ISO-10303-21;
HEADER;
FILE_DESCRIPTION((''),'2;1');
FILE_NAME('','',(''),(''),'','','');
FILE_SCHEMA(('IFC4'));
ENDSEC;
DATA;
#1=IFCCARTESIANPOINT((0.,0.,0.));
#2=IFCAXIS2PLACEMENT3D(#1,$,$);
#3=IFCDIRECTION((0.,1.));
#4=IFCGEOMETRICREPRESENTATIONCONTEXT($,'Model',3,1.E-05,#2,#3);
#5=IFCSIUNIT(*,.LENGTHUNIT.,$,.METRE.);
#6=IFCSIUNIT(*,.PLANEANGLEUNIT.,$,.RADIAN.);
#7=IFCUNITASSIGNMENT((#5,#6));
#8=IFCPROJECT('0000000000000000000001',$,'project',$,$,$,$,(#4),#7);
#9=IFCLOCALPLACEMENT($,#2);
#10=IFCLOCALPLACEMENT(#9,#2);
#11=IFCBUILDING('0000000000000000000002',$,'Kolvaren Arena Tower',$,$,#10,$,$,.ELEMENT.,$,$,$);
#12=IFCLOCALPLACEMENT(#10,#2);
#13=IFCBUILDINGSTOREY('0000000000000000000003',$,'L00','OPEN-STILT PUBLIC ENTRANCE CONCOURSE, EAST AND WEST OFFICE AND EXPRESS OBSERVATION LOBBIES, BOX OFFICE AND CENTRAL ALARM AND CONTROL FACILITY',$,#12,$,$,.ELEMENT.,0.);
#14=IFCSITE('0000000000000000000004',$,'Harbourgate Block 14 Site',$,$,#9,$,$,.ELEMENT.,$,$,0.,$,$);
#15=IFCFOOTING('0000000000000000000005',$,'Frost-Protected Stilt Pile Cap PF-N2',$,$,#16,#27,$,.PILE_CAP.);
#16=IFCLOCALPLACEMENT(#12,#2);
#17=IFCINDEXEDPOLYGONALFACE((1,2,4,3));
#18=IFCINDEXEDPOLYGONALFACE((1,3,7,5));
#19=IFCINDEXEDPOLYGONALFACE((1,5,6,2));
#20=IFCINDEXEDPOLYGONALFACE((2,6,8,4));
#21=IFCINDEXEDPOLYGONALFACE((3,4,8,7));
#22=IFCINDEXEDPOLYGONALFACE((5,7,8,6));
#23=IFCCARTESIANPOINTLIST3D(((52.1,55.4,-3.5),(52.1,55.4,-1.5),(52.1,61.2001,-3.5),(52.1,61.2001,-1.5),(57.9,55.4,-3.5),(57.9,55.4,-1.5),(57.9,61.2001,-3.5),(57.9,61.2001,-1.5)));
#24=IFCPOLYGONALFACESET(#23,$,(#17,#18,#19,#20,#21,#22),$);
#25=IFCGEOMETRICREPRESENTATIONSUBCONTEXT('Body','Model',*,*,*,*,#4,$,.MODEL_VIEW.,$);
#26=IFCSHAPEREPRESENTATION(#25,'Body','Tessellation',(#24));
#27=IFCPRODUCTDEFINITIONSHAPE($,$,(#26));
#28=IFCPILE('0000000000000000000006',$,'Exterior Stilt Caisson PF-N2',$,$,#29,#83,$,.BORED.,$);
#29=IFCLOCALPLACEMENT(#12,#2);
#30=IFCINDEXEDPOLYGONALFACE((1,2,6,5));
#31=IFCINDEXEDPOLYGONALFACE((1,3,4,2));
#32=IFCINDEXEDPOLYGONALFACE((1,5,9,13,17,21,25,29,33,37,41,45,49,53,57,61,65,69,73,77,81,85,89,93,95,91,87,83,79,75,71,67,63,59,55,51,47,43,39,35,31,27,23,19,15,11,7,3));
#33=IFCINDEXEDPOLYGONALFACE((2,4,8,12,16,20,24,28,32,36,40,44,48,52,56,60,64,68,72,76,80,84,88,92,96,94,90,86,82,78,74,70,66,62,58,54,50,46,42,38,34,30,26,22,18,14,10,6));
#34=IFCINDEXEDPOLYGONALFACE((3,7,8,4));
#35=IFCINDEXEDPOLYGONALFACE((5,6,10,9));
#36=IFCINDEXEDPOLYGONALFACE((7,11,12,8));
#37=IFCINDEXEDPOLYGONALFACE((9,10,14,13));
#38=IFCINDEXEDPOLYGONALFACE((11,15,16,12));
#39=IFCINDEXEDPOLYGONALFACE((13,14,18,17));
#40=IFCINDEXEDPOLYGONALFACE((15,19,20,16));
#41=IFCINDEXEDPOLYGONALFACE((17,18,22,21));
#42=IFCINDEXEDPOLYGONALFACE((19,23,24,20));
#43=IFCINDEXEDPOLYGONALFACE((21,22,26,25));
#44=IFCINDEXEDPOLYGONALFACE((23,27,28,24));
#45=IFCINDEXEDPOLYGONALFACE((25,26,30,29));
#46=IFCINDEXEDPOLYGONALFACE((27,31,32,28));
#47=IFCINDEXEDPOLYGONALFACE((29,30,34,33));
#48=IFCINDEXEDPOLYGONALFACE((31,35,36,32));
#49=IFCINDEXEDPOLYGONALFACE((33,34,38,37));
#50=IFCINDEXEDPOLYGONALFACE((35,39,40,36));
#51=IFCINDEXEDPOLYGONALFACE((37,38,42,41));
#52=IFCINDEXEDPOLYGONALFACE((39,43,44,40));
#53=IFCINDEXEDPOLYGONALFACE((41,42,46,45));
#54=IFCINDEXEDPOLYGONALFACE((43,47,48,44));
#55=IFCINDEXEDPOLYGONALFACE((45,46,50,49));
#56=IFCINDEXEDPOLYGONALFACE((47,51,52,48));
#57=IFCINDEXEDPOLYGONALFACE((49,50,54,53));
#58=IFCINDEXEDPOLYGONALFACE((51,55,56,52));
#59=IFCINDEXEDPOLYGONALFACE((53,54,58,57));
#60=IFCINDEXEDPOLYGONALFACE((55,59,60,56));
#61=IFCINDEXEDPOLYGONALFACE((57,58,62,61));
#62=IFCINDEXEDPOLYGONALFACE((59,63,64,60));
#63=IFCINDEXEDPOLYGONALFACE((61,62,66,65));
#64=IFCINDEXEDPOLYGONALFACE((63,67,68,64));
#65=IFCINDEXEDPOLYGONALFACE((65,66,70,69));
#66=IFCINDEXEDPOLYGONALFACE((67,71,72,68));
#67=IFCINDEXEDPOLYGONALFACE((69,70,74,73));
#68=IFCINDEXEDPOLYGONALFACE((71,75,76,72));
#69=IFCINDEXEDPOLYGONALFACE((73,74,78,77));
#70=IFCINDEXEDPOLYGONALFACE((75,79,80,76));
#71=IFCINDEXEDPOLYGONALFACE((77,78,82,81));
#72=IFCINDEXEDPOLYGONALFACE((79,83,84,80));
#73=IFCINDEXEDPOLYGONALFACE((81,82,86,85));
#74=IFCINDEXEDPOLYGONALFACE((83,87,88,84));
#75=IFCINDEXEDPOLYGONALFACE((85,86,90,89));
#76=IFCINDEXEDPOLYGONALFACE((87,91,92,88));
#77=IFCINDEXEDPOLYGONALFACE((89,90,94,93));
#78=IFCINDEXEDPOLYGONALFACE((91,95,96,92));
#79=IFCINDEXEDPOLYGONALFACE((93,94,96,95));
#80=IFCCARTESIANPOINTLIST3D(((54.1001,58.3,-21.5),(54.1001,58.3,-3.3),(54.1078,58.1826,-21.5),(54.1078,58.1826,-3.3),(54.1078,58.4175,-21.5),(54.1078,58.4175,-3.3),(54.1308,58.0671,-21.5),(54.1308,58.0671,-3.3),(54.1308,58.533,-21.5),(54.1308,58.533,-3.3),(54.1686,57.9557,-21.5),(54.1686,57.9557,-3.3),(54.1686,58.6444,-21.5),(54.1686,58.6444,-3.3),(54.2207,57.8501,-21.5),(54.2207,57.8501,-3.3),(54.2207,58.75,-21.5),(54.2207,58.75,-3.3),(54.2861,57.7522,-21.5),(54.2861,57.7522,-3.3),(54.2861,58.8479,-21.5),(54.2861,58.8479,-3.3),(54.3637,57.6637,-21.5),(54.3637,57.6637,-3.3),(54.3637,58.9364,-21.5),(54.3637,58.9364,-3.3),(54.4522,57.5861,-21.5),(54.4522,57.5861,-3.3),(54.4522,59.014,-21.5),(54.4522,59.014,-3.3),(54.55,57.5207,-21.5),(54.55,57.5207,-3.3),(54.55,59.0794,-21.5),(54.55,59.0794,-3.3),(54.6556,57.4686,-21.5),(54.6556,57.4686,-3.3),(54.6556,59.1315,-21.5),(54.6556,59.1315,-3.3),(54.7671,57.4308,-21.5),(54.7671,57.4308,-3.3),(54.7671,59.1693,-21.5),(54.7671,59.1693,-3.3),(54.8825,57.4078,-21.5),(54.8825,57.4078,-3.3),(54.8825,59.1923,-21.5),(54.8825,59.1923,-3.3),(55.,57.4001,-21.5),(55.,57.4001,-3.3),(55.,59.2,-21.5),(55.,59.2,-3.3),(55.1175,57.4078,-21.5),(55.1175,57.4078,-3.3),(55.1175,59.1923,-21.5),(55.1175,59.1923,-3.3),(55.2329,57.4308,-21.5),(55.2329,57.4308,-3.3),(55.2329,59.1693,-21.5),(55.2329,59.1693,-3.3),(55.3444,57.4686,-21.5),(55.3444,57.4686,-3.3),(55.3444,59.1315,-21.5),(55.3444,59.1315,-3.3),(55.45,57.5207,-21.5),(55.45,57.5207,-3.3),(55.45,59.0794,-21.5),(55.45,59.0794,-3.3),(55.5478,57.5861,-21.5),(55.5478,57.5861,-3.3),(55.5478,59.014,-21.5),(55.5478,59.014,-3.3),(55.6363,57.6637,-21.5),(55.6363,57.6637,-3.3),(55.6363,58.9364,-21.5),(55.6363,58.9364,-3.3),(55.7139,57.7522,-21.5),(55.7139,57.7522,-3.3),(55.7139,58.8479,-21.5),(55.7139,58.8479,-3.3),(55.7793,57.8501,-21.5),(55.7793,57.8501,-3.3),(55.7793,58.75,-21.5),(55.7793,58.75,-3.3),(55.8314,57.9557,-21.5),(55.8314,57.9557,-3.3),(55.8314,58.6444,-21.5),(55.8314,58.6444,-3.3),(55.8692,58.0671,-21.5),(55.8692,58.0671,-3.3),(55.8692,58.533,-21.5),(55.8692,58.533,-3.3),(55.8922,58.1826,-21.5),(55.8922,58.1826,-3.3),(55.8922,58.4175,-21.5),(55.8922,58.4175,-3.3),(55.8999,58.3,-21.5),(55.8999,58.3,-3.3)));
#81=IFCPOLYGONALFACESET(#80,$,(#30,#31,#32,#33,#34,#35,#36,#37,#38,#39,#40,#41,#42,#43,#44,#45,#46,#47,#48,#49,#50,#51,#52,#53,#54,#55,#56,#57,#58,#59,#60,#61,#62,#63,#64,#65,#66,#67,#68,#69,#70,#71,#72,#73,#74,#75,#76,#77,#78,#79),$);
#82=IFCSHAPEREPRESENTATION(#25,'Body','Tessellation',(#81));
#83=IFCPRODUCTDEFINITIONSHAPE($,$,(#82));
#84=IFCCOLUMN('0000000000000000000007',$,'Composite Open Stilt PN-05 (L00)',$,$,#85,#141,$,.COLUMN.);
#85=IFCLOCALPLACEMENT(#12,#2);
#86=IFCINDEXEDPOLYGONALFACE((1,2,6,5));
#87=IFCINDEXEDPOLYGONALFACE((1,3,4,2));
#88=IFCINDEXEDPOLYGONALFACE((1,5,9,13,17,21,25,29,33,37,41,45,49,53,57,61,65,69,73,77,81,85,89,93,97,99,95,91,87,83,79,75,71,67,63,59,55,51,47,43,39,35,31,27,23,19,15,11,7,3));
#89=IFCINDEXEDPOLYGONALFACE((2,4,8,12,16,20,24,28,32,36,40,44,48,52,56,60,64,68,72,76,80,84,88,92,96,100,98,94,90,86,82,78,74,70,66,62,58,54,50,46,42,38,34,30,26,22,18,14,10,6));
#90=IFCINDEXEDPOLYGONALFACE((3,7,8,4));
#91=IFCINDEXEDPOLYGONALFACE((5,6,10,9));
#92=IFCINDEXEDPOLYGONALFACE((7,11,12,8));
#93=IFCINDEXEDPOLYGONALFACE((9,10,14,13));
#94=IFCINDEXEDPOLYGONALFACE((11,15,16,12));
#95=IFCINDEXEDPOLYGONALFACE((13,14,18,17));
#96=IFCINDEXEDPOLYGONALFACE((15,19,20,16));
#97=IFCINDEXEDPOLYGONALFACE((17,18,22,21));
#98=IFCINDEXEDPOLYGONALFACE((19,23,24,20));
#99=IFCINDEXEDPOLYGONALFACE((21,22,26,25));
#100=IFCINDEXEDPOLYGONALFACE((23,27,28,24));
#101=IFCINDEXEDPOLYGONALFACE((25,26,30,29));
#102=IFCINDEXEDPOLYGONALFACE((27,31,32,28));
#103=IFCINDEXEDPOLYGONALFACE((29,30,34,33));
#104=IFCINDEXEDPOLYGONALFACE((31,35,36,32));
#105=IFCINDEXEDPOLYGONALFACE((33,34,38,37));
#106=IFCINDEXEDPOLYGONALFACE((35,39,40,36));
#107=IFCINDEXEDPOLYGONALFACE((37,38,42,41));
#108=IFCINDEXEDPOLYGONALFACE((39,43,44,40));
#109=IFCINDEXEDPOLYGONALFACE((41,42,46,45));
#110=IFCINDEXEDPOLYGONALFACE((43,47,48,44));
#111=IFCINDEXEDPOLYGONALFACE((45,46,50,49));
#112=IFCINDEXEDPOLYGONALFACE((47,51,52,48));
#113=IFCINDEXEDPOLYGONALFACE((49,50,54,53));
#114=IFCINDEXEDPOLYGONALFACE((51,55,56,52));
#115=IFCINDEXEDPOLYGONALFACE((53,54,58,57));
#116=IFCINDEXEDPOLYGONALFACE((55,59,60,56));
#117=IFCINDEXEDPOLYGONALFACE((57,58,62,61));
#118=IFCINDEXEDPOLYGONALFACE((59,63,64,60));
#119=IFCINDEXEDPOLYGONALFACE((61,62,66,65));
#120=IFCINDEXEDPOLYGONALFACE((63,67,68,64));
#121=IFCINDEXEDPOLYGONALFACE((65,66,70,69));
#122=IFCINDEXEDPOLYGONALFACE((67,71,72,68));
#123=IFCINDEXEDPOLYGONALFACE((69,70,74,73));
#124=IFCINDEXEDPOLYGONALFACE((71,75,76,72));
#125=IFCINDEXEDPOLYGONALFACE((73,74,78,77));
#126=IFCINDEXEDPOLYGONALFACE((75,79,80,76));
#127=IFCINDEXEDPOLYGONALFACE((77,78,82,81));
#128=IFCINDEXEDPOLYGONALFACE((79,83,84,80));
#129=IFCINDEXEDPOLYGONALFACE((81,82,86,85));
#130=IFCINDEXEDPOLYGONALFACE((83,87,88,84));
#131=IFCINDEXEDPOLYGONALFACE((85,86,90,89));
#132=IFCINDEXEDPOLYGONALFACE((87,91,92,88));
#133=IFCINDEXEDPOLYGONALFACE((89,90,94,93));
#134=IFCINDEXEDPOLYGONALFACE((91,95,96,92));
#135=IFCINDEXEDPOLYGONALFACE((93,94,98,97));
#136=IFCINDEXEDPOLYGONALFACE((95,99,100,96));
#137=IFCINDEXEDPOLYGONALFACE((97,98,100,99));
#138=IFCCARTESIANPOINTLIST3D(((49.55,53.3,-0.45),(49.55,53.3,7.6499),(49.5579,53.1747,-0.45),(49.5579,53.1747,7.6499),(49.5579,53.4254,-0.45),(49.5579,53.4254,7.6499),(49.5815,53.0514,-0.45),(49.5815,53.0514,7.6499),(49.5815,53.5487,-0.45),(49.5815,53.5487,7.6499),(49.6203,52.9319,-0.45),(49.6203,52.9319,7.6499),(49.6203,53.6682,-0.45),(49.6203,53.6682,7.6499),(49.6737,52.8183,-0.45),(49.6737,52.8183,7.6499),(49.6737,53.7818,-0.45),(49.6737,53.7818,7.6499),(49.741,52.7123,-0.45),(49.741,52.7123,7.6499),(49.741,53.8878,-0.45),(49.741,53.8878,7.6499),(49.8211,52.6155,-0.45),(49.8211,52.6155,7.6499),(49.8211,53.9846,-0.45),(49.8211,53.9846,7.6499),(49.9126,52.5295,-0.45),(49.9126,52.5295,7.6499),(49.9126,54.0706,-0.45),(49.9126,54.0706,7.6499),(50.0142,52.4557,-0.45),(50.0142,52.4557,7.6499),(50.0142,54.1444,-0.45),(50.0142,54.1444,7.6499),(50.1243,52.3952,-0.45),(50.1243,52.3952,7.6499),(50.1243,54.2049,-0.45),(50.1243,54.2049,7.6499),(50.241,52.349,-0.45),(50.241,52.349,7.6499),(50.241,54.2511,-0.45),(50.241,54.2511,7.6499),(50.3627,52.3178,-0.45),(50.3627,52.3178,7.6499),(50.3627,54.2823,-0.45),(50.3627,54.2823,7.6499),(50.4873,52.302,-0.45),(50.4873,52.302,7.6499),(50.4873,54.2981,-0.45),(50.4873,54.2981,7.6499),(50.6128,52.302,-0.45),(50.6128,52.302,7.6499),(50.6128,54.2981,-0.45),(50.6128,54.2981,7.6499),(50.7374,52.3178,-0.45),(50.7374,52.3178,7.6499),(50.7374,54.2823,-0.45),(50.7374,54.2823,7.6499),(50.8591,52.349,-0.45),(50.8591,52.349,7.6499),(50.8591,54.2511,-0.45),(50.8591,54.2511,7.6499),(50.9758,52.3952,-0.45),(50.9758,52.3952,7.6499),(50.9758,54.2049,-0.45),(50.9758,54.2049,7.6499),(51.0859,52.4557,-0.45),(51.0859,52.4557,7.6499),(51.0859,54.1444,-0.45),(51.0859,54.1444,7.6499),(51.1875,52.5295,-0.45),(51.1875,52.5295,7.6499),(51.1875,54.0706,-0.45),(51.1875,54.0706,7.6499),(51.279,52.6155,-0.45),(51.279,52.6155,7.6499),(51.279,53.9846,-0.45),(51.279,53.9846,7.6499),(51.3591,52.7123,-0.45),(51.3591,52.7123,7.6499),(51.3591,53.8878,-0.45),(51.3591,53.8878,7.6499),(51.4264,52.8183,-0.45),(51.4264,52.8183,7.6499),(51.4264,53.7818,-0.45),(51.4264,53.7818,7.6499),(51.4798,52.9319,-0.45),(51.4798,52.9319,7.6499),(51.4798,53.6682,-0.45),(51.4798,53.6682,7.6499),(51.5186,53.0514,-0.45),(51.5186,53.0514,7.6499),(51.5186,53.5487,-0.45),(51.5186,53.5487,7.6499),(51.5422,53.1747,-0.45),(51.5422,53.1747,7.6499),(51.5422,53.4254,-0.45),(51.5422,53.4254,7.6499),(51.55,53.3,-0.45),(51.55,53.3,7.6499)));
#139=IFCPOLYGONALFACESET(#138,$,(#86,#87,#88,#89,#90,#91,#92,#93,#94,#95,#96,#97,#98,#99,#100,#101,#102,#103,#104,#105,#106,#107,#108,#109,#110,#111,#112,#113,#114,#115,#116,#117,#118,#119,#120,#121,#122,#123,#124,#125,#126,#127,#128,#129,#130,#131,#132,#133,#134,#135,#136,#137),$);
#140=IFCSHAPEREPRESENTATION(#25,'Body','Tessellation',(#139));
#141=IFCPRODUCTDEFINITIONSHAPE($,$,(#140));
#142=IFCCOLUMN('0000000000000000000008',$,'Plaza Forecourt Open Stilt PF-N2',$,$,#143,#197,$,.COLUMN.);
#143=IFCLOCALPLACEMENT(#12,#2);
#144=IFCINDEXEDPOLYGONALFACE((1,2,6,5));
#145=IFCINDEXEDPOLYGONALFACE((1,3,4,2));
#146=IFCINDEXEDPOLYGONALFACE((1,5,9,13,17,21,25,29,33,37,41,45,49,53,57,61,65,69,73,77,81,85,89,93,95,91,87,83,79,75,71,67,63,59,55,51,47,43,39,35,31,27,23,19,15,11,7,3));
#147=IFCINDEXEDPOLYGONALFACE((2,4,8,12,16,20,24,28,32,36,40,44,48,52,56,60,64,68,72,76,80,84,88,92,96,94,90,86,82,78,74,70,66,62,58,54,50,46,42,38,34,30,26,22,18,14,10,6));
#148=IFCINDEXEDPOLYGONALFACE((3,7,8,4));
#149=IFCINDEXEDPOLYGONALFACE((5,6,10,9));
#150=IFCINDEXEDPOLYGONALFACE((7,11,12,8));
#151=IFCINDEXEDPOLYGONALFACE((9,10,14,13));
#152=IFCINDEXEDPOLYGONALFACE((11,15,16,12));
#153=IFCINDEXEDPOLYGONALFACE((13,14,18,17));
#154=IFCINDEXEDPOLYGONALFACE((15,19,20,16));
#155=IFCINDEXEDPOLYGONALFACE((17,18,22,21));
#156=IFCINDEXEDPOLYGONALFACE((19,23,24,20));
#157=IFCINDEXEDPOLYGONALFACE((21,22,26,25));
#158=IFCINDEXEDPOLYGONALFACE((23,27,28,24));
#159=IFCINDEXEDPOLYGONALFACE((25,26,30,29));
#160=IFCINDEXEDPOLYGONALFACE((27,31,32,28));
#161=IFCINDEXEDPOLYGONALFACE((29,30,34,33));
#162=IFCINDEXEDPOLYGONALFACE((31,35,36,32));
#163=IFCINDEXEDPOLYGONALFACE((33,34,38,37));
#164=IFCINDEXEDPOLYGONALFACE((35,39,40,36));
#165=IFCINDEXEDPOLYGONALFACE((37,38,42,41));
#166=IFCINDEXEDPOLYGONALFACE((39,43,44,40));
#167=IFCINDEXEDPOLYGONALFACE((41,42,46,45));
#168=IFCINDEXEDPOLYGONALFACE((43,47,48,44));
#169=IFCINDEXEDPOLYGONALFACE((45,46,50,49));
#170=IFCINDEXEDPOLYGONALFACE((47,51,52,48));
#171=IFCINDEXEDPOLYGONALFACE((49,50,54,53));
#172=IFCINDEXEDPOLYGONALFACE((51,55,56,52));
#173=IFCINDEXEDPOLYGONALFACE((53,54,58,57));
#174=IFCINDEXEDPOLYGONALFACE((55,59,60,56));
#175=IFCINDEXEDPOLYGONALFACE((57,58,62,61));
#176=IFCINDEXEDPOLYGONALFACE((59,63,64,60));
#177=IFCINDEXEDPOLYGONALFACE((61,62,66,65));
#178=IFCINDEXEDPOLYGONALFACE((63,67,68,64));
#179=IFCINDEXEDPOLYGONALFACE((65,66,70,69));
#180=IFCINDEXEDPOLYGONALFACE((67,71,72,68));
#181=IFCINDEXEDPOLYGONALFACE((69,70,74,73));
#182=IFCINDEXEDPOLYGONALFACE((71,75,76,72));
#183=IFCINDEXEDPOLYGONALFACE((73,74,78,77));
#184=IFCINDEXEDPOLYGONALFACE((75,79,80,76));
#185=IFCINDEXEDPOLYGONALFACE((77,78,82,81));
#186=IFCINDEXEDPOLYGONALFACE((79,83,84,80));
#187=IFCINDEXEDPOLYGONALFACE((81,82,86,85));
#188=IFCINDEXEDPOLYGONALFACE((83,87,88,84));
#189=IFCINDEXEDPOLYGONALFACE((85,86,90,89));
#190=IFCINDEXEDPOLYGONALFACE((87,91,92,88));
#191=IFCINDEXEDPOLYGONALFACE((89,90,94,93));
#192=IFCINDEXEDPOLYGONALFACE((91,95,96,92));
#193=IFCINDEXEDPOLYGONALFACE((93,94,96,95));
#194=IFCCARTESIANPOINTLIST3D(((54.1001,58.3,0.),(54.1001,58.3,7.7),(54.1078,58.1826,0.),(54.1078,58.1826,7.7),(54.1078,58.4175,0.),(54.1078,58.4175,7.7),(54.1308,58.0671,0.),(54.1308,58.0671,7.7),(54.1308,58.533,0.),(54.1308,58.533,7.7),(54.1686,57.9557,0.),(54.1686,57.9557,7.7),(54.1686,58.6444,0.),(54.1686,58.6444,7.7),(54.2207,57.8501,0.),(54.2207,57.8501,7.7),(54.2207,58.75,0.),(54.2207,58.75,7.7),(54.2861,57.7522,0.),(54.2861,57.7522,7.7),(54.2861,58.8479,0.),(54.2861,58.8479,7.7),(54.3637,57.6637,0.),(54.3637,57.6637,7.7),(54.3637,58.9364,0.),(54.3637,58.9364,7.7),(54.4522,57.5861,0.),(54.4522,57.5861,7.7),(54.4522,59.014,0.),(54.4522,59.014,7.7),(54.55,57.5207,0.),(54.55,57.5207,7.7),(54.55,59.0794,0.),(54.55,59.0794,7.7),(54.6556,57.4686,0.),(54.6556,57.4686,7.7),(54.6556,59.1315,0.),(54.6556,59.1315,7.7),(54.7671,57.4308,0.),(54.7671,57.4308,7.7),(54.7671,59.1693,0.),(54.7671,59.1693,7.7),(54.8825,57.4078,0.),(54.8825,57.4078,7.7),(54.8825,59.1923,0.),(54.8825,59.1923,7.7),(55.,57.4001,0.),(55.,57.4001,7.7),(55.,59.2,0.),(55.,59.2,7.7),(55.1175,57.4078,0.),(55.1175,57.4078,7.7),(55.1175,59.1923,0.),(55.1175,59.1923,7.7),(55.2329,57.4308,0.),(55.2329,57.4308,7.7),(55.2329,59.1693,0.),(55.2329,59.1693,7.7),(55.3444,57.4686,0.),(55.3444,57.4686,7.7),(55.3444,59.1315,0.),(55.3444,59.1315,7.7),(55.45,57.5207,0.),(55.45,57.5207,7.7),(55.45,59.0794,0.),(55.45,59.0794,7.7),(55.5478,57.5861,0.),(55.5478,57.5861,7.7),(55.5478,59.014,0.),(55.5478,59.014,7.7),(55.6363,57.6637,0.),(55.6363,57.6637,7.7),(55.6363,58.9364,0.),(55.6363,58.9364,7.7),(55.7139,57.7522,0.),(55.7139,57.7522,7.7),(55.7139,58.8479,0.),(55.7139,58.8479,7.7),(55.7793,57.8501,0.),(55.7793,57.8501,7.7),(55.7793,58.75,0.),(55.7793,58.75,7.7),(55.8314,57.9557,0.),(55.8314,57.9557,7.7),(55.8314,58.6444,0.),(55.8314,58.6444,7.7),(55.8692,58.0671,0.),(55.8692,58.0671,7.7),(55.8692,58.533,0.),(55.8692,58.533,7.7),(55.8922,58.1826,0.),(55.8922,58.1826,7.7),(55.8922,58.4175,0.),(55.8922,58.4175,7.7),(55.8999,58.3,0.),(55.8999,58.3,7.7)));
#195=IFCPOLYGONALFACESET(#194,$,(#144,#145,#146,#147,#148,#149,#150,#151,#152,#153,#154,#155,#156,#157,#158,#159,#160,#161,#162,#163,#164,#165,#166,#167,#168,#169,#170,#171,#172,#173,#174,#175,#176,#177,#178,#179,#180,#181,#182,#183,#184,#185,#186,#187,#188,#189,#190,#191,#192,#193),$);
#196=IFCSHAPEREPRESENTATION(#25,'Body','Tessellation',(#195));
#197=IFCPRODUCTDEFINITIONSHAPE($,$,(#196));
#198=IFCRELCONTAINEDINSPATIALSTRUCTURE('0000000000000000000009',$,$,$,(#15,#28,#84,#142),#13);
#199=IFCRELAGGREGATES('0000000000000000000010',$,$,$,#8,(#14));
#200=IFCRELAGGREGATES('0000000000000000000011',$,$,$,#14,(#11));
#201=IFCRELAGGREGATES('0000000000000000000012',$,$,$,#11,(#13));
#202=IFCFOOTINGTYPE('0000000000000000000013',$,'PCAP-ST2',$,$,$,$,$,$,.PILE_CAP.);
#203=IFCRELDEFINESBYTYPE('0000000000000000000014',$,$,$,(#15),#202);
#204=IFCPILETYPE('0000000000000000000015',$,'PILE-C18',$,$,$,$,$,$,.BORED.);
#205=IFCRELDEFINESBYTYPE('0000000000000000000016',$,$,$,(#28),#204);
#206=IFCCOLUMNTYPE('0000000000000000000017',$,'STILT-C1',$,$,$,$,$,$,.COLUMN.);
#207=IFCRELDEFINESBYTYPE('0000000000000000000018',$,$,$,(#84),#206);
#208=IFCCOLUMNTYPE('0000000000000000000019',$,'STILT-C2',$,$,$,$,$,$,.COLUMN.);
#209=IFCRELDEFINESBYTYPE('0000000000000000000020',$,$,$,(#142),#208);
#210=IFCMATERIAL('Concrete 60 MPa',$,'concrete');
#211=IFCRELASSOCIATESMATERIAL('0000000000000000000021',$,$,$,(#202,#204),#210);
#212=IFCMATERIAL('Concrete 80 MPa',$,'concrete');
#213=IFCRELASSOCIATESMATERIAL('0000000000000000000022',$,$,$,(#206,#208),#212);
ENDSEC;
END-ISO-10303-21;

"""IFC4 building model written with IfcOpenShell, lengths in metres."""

from ifc_helpers import new_model, si_unit, direction, frame, origin, origin_2d, place, context, subcontext, project, spatial, rectangle, circle, extrude, material, material_profile, profile_set, type_object, element, save


model = new_model("IFC4")

# Units and contexts
model_context = context("Model", 3, precision=1e-05, world=origin(), true_north=direction((0.0, 1.0)))
body_context = subcontext(model_context, "Body", "Model", "MODEL_VIEW")
ifc_project = project(units=[si_unit("LENGTHUNIT", "METRE"), si_unit("PLANEANGLEUNIT", "RADIAN")], contexts=[model_context])

# Site, building, storey
site_placement = place(None, origin())
site = spatial("IfcSite", under=ifc_project, at=site_placement, Name="Harbourgate Block 14 Site", CompositionType="ELEMENT", RefElevation=0.0)
building_placement = place(site_placement, origin())
building = spatial("IfcBuilding", under=site, at=building_placement, Name="Kolvaren Arena Tower", CompositionType="ELEMENT")
storey_placement = place(building_placement, origin())
storey = spatial("IfcBuildingStorey", under=building, at=storey_placement, Name="L00", Description="OPEN-STILT PUBLIC ENTRANCE CONCOURSE, EAST AND WEST OFFICE AND EXPRESS OBSERVATION LOBBIES, BOX OFFICE AND CENTRAL ALARM AND CONTROL FACILITY", CompositionType="ELEMENT", Elevation=0.0)

# Footing
ifc_material_1 = material(Name="Concrete 60 MPa", Category="concrete")
footing_type = type_object("IfcFootingType", Name="PCAP-ST2", PredefinedType="PILE_CAP", material=ifc_material_1)
footing_placement = place(storey_placement, frame((55.0, 58.3, -3.5), z_axis=(0.0, 0.0, 1.0), x_axis=(1.0, 0.0, 0.0)))
element("IfcFooting", 1, at=footing_placement, inside=storey, type_object=footing_type, Name="Frost-Protected Stilt Pile Cap PF-N2", PredefinedType="PILE_CAP", context=body_context, shape_type="SweptSolid", body=[
    extrude(rectangle(XDim=5.8, YDim=5.8, at=origin_2d()), origin(), (0.0, 0.0, 1.0), 2.0),
])

# Pile
ifc_material_profile_1 = material_profile(ifc_material_1, circle(Radius=0.8999, at=origin_2d()), Name="CAISSON-D1800")
ifc_profile_set_1 = profile_set([ifc_material_profile_1], Name="Concrete 60 MPa")
pile_type = type_object("IfcPileType", Name="PILE-C18", PredefinedType="BORED", material=ifc_profile_set_1)
pile_placement = place(storey_placement, frame((55.0, 58.3, -3.3), z_axis=(0.0, 0.0, -1.0), x_axis=(1.0, 0.0, 0.0)))
element("IfcPile", 2, at=pile_placement, inside=storey, type_object=pile_type, Name="Exterior Stilt Caisson PF-N2", PredefinedType="BORED", context=body_context, shape_type="SweptSolid", body=[
    extrude(circle(Radius=0.8999, at=origin_2d()), origin(), (0.0, 0.0, 1.0), 18.2),
])

# Columns
ifc_material_2 = material(Name="Concrete 80 MPa", Category="concrete")
ifc_material_profile_2 = material_profile(ifc_material_2, circle(Radius=1.0, at=origin_2d()), Name="RC-CIRC-2000")
ifc_profile_set_2 = profile_set([ifc_material_profile_2], Name="Concrete 80 MPa")
column_type_1 = type_object("IfcColumnType", Name="STILT-C1", PredefinedType="COLUMN", material=ifc_profile_set_2)
column_1_placement = place(storey_placement, frame((50.55, 53.3, -0.45), z_axis=(0.0, 0.0, 1.0), x_axis=(1.0, 0.0, 0.0)))
element("IfcColumn", 3, at=column_1_placement, inside=storey, type_object=column_type_1, Name="Composite Open Stilt PN-05 (L00)", PredefinedType="COLUMN", context=body_context, shape_type="SweptSolid", body=[
    extrude(circle(Radius=1.0, at=origin_2d()), origin(), (0.0, 0.0, 1.0), 8.0999),
])
ifc_material_profile_3 = material_profile(ifc_material_2, circle(Radius=0.8999, at=origin_2d()), Name="RC-CIRC-1800")
ifc_profile_set_3 = profile_set([ifc_material_profile_3], Name="Concrete 80 MPa")
column_type_2 = type_object("IfcColumnType", Name="STILT-C2", PredefinedType="COLUMN", material=ifc_profile_set_3)
column_2_placement = place(storey_placement, frame((55.0, 58.3, 0.0), z_axis=(0.0, 0.0, 1.0), x_axis=(1.0, 0.0, 0.0)))
element("IfcColumn", 4, at=column_2_placement, inside=storey, type_object=column_type_2, Name="Plaza Forecourt Open Stilt PF-N2", PredefinedType="COLUMN", context=body_context, shape_type="SweptSolid", body=[
    extrude(circle(Radius=0.8999, at=origin_2d()), origin(), (0.0, 0.0, 1.0), 7.7),
])

save(model, "model.ifc")
